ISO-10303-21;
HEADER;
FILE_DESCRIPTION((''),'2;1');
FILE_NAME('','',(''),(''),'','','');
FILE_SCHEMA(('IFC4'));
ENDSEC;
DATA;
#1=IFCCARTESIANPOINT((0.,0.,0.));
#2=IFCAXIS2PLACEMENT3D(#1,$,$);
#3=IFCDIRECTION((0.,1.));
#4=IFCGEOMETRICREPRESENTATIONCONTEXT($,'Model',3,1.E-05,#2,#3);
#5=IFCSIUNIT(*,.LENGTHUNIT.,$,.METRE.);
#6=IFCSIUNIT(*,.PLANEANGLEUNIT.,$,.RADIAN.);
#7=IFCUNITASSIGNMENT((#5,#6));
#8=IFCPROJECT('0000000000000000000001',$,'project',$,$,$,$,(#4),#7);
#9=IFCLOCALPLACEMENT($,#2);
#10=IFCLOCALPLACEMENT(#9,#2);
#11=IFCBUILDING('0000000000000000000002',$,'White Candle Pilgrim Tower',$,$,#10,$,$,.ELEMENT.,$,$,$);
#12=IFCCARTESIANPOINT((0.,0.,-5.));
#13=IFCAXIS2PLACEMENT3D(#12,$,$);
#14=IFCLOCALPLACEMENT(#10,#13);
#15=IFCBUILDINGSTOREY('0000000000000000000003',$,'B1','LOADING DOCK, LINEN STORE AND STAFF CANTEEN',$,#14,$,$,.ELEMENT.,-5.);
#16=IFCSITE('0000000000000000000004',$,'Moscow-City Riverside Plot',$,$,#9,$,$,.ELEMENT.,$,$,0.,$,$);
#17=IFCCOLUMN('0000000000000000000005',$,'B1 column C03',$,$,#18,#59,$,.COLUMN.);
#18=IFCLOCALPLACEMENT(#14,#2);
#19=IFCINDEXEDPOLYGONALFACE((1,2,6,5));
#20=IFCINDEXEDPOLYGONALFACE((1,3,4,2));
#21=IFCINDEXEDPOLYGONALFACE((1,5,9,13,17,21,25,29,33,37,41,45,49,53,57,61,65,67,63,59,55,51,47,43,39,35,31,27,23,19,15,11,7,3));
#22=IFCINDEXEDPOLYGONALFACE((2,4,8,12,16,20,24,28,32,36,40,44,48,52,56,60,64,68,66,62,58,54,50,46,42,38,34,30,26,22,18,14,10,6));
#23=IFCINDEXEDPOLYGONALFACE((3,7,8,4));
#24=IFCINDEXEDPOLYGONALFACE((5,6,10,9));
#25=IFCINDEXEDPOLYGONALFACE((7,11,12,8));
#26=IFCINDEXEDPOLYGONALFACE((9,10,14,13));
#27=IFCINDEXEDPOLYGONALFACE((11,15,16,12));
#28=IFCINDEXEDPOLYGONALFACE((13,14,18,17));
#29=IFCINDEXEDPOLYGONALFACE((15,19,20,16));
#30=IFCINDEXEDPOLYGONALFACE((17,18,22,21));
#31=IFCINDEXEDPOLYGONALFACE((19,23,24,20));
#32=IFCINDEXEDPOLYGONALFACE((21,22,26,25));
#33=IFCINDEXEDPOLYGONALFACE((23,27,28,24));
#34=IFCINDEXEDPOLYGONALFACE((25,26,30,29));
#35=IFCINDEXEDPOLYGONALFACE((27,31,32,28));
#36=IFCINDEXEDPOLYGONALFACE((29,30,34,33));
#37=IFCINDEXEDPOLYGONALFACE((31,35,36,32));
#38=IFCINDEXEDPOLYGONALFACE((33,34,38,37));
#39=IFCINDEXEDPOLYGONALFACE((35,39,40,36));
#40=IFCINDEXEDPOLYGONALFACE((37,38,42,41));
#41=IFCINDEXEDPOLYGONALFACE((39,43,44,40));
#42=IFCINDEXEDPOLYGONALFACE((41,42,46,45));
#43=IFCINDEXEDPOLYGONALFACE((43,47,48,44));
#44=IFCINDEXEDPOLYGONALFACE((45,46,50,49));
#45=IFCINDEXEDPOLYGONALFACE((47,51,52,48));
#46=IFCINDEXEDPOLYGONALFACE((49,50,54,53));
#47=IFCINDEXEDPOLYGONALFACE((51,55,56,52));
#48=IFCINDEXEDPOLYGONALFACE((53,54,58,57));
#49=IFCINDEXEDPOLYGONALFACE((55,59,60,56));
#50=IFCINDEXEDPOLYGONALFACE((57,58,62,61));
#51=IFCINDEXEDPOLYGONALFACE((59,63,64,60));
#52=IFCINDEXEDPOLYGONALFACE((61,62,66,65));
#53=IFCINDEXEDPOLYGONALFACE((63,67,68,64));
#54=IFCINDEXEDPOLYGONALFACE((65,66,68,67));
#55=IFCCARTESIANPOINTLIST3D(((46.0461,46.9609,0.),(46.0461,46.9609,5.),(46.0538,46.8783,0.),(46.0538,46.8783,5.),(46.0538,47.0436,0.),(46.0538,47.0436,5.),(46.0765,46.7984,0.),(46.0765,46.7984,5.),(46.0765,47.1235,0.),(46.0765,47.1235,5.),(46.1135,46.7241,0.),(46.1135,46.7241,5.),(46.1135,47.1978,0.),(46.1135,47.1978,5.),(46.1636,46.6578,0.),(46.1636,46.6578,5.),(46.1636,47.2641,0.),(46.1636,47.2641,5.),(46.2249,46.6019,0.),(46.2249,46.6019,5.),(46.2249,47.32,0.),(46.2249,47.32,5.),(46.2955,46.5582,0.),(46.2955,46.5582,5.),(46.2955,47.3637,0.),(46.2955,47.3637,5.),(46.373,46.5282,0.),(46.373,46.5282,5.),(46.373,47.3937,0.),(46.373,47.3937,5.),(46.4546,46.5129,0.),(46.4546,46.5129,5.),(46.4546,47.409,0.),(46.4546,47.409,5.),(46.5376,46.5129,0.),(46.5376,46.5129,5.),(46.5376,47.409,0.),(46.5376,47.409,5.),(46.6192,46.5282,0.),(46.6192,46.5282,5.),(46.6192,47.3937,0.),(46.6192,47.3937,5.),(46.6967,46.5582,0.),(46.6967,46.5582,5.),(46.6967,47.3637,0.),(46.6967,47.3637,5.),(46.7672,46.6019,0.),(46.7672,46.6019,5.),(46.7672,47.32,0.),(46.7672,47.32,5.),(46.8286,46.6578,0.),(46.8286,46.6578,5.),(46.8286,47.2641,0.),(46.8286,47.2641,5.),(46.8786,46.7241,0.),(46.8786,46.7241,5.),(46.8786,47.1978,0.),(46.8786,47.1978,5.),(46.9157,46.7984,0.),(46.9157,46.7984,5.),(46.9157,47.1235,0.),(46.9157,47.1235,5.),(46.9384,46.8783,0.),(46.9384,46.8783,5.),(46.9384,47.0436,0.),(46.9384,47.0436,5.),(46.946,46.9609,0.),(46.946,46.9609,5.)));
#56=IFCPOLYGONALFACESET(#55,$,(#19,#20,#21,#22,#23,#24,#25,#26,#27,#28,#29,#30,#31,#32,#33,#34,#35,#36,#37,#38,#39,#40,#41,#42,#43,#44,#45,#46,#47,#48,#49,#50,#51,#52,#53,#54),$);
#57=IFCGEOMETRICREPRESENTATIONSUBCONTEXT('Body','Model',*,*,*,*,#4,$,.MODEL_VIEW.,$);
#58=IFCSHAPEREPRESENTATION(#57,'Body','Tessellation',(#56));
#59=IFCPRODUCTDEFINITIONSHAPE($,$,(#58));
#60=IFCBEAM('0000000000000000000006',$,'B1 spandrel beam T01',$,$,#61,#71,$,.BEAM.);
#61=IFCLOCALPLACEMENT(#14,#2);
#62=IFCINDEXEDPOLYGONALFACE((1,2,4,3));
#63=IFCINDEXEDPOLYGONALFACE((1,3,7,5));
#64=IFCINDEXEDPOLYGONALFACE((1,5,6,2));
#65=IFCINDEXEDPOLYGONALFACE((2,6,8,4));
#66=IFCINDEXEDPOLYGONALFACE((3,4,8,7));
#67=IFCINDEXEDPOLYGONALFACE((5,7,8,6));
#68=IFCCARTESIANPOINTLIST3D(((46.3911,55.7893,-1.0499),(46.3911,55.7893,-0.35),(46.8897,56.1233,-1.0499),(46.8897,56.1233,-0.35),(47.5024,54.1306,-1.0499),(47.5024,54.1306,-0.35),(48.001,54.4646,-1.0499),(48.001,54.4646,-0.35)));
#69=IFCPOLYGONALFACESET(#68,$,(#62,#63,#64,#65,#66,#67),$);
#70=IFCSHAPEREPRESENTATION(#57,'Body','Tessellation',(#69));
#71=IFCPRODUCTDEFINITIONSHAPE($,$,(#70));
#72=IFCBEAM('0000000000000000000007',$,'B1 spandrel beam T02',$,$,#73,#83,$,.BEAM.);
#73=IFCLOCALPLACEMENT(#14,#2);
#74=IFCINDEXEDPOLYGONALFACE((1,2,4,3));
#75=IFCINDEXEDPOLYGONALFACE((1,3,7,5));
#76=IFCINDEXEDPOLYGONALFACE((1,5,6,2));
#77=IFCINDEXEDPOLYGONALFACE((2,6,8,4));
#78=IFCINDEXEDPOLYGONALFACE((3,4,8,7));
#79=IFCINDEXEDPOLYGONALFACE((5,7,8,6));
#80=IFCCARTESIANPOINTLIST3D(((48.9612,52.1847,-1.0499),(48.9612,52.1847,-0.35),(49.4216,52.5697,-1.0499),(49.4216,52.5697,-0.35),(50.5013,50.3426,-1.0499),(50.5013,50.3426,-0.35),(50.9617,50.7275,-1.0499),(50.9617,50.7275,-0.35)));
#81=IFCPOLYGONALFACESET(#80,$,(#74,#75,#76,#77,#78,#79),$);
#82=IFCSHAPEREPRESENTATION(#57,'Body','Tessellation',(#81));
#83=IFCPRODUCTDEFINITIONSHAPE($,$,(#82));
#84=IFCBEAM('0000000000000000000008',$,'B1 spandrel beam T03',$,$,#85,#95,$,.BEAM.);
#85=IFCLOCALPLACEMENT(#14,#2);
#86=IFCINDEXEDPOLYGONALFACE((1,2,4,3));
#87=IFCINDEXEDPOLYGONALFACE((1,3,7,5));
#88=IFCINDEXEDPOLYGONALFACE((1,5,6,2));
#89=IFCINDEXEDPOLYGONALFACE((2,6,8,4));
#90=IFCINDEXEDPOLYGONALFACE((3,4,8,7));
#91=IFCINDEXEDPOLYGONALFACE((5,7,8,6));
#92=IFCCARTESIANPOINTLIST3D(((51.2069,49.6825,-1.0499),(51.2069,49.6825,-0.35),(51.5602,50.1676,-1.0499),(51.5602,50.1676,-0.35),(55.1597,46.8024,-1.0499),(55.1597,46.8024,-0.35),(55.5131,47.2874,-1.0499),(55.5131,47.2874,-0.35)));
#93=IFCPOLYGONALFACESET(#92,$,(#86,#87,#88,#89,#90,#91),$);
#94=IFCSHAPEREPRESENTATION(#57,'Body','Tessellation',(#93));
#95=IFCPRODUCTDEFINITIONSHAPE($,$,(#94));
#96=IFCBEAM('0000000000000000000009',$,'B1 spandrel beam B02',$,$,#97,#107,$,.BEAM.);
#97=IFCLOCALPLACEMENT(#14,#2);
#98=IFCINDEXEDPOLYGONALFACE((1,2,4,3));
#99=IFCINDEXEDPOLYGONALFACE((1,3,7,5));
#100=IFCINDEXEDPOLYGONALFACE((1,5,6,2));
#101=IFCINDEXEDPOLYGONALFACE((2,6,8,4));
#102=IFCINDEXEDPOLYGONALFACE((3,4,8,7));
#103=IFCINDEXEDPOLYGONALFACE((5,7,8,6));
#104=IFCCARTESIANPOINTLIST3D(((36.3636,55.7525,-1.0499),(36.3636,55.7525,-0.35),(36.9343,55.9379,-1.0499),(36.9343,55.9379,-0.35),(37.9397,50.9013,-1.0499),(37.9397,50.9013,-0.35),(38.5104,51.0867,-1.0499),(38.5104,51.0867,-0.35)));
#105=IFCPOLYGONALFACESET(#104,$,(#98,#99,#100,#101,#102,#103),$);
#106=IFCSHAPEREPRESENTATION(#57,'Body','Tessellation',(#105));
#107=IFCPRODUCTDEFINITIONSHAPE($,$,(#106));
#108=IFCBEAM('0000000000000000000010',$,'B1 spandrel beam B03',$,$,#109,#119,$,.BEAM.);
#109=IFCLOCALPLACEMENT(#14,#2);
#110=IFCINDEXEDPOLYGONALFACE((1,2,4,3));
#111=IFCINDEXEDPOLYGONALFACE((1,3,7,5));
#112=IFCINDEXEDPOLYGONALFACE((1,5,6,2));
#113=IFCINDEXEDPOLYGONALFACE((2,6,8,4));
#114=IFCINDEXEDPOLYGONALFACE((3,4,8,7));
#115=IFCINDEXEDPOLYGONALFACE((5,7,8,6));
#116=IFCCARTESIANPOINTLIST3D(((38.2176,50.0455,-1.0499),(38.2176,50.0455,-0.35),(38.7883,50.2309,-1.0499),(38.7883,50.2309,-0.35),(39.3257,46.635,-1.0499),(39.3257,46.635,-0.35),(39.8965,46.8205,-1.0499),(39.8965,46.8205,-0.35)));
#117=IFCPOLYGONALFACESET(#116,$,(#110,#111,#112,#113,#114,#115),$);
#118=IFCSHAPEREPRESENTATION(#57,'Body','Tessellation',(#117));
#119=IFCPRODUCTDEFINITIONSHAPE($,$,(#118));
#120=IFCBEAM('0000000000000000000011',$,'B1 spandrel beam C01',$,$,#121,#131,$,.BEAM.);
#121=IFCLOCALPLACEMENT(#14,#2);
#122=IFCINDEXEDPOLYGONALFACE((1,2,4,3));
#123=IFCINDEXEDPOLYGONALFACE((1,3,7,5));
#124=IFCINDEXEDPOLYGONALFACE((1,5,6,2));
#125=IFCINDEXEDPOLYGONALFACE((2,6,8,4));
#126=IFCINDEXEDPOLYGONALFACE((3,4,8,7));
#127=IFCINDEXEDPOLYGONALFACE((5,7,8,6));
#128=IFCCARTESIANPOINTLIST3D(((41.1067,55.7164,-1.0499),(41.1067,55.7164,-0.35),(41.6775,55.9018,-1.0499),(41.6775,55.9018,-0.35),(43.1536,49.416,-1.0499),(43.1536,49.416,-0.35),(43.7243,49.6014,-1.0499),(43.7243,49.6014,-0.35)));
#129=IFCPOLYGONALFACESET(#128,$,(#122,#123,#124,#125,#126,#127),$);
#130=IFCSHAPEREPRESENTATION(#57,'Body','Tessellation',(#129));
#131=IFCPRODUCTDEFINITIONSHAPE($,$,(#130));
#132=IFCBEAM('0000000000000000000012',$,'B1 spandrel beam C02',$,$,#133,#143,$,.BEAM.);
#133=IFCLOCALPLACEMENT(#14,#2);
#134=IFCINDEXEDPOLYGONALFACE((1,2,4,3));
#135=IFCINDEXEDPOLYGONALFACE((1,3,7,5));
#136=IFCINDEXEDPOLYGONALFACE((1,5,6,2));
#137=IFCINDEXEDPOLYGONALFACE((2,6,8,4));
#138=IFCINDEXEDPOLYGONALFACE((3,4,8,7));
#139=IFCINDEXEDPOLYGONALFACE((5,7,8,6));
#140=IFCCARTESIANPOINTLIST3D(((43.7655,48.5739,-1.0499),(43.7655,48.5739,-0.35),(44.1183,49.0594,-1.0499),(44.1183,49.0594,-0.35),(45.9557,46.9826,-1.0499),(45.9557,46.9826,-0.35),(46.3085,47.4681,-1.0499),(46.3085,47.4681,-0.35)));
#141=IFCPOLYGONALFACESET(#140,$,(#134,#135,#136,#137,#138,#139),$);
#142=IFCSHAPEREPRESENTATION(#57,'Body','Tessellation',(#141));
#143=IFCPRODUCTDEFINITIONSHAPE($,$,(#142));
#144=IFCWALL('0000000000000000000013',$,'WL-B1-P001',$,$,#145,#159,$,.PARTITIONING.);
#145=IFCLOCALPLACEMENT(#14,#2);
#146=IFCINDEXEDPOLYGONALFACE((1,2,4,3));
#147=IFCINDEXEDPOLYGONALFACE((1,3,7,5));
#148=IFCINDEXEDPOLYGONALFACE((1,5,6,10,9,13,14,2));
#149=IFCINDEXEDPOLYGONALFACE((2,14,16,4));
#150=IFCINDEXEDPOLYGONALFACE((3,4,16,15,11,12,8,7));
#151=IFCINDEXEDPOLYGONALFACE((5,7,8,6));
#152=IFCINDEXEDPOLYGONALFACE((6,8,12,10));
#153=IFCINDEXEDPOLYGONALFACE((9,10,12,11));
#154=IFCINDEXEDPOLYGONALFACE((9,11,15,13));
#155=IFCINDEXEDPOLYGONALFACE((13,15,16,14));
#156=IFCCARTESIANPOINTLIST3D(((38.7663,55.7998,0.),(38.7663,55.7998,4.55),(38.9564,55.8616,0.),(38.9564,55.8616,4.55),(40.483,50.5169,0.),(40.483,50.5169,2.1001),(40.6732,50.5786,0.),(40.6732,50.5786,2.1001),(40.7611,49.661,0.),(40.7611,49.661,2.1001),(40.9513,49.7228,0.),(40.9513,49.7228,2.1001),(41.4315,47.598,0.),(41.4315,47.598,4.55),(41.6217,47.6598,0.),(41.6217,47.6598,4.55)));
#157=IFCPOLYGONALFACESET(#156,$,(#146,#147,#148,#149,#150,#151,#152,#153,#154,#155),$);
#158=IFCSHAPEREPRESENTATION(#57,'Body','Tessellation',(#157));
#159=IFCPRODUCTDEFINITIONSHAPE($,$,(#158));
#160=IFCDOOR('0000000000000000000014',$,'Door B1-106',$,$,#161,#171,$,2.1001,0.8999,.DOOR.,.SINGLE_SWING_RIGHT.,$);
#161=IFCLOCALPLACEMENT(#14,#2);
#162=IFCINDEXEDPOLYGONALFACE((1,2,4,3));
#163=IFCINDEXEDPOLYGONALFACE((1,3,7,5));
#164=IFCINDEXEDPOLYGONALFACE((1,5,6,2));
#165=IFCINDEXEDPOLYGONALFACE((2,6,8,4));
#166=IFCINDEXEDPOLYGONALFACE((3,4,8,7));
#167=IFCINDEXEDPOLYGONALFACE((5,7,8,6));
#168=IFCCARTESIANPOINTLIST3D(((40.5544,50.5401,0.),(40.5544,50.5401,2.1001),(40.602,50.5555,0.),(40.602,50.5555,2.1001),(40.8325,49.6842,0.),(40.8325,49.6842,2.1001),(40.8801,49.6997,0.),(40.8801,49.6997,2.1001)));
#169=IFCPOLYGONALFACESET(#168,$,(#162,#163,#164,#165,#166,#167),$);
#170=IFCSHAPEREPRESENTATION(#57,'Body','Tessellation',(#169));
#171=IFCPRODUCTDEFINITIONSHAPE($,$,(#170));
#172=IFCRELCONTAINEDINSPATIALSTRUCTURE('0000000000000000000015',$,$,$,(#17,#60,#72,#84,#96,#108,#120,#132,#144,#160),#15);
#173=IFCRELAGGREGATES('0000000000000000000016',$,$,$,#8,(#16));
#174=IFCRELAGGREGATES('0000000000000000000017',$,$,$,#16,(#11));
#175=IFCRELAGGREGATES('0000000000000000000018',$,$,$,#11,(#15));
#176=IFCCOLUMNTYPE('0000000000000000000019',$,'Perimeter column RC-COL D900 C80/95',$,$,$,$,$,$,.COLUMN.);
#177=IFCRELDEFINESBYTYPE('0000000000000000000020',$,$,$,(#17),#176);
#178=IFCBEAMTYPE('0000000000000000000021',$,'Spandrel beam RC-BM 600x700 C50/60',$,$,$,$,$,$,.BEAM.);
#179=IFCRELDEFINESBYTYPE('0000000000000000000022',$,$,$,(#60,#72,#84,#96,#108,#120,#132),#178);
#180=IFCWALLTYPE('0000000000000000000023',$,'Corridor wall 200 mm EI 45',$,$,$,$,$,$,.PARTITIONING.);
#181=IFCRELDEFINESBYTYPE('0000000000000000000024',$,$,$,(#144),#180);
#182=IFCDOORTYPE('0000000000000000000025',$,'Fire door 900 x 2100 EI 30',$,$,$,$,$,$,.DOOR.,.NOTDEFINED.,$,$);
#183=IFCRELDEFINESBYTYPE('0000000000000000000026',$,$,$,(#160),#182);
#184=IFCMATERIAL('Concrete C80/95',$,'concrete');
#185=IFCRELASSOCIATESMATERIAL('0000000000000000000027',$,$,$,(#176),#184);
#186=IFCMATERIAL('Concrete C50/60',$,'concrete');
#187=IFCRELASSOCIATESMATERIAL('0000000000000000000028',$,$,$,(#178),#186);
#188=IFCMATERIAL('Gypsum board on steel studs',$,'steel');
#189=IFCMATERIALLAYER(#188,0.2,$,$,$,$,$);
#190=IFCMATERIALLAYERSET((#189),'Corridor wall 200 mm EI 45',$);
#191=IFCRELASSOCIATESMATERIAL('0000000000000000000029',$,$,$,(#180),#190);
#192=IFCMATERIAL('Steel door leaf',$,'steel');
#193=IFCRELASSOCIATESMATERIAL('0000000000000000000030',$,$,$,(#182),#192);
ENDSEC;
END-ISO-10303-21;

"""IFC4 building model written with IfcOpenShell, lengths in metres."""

from ifc_helpers import new_model, si_unit, direction, frame, frame_2d, origin, origin_2d, place, context, subcontext, project, spatial, rectangle, circle, extrude, material, layer, layer_set, material_profile, profile_set, type_object, element, fill, save


model = new_model("IFC4")

# Units and contexts
model_context = context("Model", 3, precision=1e-05, world=origin(), true_north=direction((0.0, 1.0)))
body_context = subcontext(model_context, "Body", "Model", "MODEL_VIEW")
ifc_project = project(units=[si_unit("LENGTHUNIT", "METRE"), si_unit("PLANEANGLEUNIT", "RADIAN")], contexts=[model_context])

# Site, building, storey
site_placement = place(None, origin())
site = spatial("IfcSite", under=ifc_project, at=site_placement, Name="Moscow-City Riverside Plot", CompositionType="ELEMENT", RefElevation=0.0)
building_placement = place(site_placement, origin())
building = spatial("IfcBuilding", under=site, at=building_placement, Name="White Candle Pilgrim Tower", CompositionType="ELEMENT")
storey_placement = place(building_placement, frame((0.0, 0.0, -5.0)))
storey = spatial("IfcBuildingStorey", under=building, at=storey_placement, Name="B1", Description="LOADING DOCK, LINEN STORE AND STAFF CANTEEN", CompositionType="ELEMENT", Elevation=-5.0)

# Column
ifc_material_1 = material(Name="Concrete C80/95", Category="concrete")
ifc_material_profile_1 = material_profile(ifc_material_1, circle(Radius=0.45, at=origin_2d()), Name="RC-COL D900")
ifc_profile_set_1 = profile_set([ifc_material_profile_1], Name="Concrete C80/95")
column_type_1 = type_object("IfcColumnType", Name="Perimeter column RC-COL D900 C80/95", PredefinedType="COLUMN", material=ifc_profile_set_1)
for number, where, z_axis, x_axis, name in (
    (1, (46.4961, 46.9609, 0.0), (0.0, 0.0, 1.0), (1.0, 0.0, 0.0), "B1 column C03"),
):
    element("IfcColumn", number, at=place(storey_placement, frame(where, z_axis=z_axis, x_axis=x_axis)), inside=storey, type_object=column_type_1, Name=name, PredefinedType="COLUMN", context=body_context, shape_type="SweptSolid", body=[
        extrude(circle(Radius=0.45, at=origin_2d()), origin(), (0.0, 0.0, 1.0), 5.0),
    ])

# Beams
ifc_material_2 = material(Name="Concrete C50/60", Category="concrete")
ifc_material_profile_2 = material_profile(ifc_material_2, rectangle(XDim=0.6001, YDim=0.7, at=origin_2d()), Name="RC-BM 600x700")
ifc_profile_set_2 = profile_set([ifc_material_profile_2], Name="Concrete C50/60")
beam_type = type_object("IfcBeamType", Name="Spandrel beam RC-BM 600x700 C50/60", PredefinedType="BEAM", material=ifc_profile_set_2)
beam_1_placement = place(storey_placement, frame((46.6404, 55.9563, -0.7), z_axis=(0.556618, -0.830769, 0.0), x_axis=(0.830769, 0.556618, 0.0)))
element("IfcBeam", 2, at=beam_1_placement, inside=storey, type_object=beam_type, Name="B1 spandrel beam T01", PredefinedType="BEAM", context=body_context, shape_type="SweptSolid", body=[
    extrude(rectangle(XDim=0.6001, YDim=0.7, at=origin_2d()), origin(), (0.0, 0.0, 1.0), 1.9966),
])
beam_2_placement = place(storey_placement, frame((49.1914, 52.3772, -0.7), z_axis=(0.641414, -0.767195, 0.0), x_axis=(0.767195, 0.641414, 0.0)))
element("IfcBeam", 3, at=beam_2_placement, inside=storey, type_object=beam_type, Name="B1 spandrel beam T02", PredefinedType="BEAM", context=body_context, shape_type="SweptSolid", body=[
    extrude(rectangle(XDim=0.6001, YDim=0.7, at=origin_2d()), origin(), (0.0, 0.0, 1.0), 2.4011),
])
beam_3_placement = place(storey_placement, frame((51.3835, 49.925, -0.7), z_axis=(0.80822, -0.588881, 0.0), x_axis=(0.588881, 0.80822, 0.0)))
element("IfcBeam", 4, at=beam_3_placement, inside=storey, type_object=beam_type, Name="B1 spandrel beam T03", PredefinedType="BEAM", context=body_context, shape_type="SweptSolid", body=[
    extrude(rectangle(XDim=0.6001, YDim=0.7, at=origin_2d()), origin(), (0.0, 0.0, 1.0), 4.8909),
])
beam_4_placement = place(storey_placement, frame((36.6489, 55.8452, -0.7), z_axis=(0.308996, -0.951063, 0.0), x_axis=(0.951063, 0.308996, 0.0)))
element("IfcBeam", 5, at=beam_4_placement, inside=storey, type_object=beam_type, Name="B1 spandrel beam B02", PredefinedType="BEAM", context=body_context, shape_type="SweptSolid", body=[
    extrude(rectangle(XDim=0.6001, YDim=0.7, at=origin_2d()), origin(), (0.0, 0.0, 1.0), 5.1008),
])
beam_5_placement = place(storey_placement, frame((38.5029, 50.1382, -0.7), z_axis=(0.309029, -0.951053, 0.0), x_axis=(0.951053, 0.309029, 0.0)))
element("IfcBeam", 6, at=beam_5_placement, inside=storey, type_object=beam_type, Name="B1 spandrel beam B03", PredefinedType="BEAM", context=body_context, shape_type="SweptSolid", body=[
    extrude(rectangle(XDim=0.6001, YDim=0.7, at=origin_2d()), origin(), (0.0, 0.0, 1.0), 3.5859),
])
beam_6_placement = place(storey_placement, frame((41.3921, 55.8091, -0.7), z_axis=(0.308988, -0.951066, 0.0), x_axis=(0.951066, 0.308988, 0.0)))
element("IfcBeam", 7, at=beam_6_placement, inside=storey, type_object=beam_type, Name="B1 spandrel beam C01", PredefinedType="BEAM", context=body_context, shape_type="SweptSolid", body=[
    extrude(rectangle(XDim=0.6001, YDim=0.7, at=origin_2d()), origin(), (0.0, 0.0, 1.0), 6.6245),
])
beam_7_placement = place(storey_placement, frame((43.9419, 48.8167, -0.7), z_axis=(0.809009, -0.587796, 0.0), x_axis=(0.587796, 0.809009, 0.0)))
element("IfcBeam", 8, at=beam_7_placement, inside=storey, type_object=beam_type, Name="B1 spandrel beam C02", PredefinedType="BEAM", context=body_context, shape_type="SweptSolid", body=[
    extrude(rectangle(XDim=0.6001, YDim=0.7, at=origin_2d()), origin(), (0.0, 0.0, 1.0), 2.7073),
])

# Wall, opening, door
ifc_material_3 = material(Name="Gypsum board on steel studs", Category="steel")
ifc_layer_1 = layer(ifc_material_3, 0.2)
ifc_layer_set_1 = layer_set([ifc_layer_1], Name="Corridor wall 200 mm EI 45")
wall_type_1 = type_object("IfcWallType", Name="Corridor wall 200 mm EI 45", PredefinedType="PARTITIONING", material=ifc_layer_set_1)
wall_1_placement = place(storey_placement, frame((41.5266, 47.6289, 0.0), z_axis=(0.0, 0.0, 1.0), x_axis=(-0.309051, 0.951046, 0.0)))
wall_1 = element("IfcWall", 9, at=wall_1_placement, inside=storey, type_object=wall_type_1, Name="WL-B1-P001", PredefinedType="PARTITIONING", context=body_context, shape_type="SweptSolid", body=[
    extrude(rectangle(XDim=8.624, YDim=0.2, at=frame_2d((4.312, 0.0))), origin(), (0.0, 0.0, 1.0), 4.55),
])
opening_1_placement = place(wall_1_placement, frame((2.1692, 0.0, 0.0)))
opening_1 = element("IfcOpeningElement", 10, at=opening_1_placement, cuts=wall_1, PredefinedType="OPENING", context=body_context, shape_type="SweptSolid", body=[
    extrude(rectangle(XDim=0.8999, YDim=2.1001, at=frame_2d((0.45, 1.05))), frame((0.0, 0.1099, 0.0), z_axis=(0.0, -1.0, 0.0), x_axis=(1.0, 0.0, 0.0)), (0.0, 0.0, 1.0), 0.22),
])
ifc_material_4 = material(Name="Steel door leaf", Category="steel")
door_type = type_object("IfcDoorType", Name="Fire door 900 x 2100 EI 30", OperationType="NOTDEFINED", PredefinedType="DOOR", material=ifc_material_4)
door_1_placement = place(opening_1_placement, origin())
door_1 = element("IfcDoor", 11, at=door_1_placement, inside=storey, type_object=door_type, Name="Door B1-106", OperationType="SINGLE_SWING_RIGHT", OverallHeight=2.1001, OverallWidth=0.8999, PredefinedType="DOOR", context=body_context, shape_type="SweptSolid", body=[
    extrude(rectangle(XDim=0.8999, YDim=2.1001, at=frame_2d((0.45, 1.05))), frame((0.0, 0.0249, 0.0), z_axis=(0.0, -1.0, 0.0), x_axis=(1.0, 0.0, 0.0)), (0.0, 0.0, 1.0), 0.05),
])
fill(opening_1, door_1)

save(model, "model.ifc")
